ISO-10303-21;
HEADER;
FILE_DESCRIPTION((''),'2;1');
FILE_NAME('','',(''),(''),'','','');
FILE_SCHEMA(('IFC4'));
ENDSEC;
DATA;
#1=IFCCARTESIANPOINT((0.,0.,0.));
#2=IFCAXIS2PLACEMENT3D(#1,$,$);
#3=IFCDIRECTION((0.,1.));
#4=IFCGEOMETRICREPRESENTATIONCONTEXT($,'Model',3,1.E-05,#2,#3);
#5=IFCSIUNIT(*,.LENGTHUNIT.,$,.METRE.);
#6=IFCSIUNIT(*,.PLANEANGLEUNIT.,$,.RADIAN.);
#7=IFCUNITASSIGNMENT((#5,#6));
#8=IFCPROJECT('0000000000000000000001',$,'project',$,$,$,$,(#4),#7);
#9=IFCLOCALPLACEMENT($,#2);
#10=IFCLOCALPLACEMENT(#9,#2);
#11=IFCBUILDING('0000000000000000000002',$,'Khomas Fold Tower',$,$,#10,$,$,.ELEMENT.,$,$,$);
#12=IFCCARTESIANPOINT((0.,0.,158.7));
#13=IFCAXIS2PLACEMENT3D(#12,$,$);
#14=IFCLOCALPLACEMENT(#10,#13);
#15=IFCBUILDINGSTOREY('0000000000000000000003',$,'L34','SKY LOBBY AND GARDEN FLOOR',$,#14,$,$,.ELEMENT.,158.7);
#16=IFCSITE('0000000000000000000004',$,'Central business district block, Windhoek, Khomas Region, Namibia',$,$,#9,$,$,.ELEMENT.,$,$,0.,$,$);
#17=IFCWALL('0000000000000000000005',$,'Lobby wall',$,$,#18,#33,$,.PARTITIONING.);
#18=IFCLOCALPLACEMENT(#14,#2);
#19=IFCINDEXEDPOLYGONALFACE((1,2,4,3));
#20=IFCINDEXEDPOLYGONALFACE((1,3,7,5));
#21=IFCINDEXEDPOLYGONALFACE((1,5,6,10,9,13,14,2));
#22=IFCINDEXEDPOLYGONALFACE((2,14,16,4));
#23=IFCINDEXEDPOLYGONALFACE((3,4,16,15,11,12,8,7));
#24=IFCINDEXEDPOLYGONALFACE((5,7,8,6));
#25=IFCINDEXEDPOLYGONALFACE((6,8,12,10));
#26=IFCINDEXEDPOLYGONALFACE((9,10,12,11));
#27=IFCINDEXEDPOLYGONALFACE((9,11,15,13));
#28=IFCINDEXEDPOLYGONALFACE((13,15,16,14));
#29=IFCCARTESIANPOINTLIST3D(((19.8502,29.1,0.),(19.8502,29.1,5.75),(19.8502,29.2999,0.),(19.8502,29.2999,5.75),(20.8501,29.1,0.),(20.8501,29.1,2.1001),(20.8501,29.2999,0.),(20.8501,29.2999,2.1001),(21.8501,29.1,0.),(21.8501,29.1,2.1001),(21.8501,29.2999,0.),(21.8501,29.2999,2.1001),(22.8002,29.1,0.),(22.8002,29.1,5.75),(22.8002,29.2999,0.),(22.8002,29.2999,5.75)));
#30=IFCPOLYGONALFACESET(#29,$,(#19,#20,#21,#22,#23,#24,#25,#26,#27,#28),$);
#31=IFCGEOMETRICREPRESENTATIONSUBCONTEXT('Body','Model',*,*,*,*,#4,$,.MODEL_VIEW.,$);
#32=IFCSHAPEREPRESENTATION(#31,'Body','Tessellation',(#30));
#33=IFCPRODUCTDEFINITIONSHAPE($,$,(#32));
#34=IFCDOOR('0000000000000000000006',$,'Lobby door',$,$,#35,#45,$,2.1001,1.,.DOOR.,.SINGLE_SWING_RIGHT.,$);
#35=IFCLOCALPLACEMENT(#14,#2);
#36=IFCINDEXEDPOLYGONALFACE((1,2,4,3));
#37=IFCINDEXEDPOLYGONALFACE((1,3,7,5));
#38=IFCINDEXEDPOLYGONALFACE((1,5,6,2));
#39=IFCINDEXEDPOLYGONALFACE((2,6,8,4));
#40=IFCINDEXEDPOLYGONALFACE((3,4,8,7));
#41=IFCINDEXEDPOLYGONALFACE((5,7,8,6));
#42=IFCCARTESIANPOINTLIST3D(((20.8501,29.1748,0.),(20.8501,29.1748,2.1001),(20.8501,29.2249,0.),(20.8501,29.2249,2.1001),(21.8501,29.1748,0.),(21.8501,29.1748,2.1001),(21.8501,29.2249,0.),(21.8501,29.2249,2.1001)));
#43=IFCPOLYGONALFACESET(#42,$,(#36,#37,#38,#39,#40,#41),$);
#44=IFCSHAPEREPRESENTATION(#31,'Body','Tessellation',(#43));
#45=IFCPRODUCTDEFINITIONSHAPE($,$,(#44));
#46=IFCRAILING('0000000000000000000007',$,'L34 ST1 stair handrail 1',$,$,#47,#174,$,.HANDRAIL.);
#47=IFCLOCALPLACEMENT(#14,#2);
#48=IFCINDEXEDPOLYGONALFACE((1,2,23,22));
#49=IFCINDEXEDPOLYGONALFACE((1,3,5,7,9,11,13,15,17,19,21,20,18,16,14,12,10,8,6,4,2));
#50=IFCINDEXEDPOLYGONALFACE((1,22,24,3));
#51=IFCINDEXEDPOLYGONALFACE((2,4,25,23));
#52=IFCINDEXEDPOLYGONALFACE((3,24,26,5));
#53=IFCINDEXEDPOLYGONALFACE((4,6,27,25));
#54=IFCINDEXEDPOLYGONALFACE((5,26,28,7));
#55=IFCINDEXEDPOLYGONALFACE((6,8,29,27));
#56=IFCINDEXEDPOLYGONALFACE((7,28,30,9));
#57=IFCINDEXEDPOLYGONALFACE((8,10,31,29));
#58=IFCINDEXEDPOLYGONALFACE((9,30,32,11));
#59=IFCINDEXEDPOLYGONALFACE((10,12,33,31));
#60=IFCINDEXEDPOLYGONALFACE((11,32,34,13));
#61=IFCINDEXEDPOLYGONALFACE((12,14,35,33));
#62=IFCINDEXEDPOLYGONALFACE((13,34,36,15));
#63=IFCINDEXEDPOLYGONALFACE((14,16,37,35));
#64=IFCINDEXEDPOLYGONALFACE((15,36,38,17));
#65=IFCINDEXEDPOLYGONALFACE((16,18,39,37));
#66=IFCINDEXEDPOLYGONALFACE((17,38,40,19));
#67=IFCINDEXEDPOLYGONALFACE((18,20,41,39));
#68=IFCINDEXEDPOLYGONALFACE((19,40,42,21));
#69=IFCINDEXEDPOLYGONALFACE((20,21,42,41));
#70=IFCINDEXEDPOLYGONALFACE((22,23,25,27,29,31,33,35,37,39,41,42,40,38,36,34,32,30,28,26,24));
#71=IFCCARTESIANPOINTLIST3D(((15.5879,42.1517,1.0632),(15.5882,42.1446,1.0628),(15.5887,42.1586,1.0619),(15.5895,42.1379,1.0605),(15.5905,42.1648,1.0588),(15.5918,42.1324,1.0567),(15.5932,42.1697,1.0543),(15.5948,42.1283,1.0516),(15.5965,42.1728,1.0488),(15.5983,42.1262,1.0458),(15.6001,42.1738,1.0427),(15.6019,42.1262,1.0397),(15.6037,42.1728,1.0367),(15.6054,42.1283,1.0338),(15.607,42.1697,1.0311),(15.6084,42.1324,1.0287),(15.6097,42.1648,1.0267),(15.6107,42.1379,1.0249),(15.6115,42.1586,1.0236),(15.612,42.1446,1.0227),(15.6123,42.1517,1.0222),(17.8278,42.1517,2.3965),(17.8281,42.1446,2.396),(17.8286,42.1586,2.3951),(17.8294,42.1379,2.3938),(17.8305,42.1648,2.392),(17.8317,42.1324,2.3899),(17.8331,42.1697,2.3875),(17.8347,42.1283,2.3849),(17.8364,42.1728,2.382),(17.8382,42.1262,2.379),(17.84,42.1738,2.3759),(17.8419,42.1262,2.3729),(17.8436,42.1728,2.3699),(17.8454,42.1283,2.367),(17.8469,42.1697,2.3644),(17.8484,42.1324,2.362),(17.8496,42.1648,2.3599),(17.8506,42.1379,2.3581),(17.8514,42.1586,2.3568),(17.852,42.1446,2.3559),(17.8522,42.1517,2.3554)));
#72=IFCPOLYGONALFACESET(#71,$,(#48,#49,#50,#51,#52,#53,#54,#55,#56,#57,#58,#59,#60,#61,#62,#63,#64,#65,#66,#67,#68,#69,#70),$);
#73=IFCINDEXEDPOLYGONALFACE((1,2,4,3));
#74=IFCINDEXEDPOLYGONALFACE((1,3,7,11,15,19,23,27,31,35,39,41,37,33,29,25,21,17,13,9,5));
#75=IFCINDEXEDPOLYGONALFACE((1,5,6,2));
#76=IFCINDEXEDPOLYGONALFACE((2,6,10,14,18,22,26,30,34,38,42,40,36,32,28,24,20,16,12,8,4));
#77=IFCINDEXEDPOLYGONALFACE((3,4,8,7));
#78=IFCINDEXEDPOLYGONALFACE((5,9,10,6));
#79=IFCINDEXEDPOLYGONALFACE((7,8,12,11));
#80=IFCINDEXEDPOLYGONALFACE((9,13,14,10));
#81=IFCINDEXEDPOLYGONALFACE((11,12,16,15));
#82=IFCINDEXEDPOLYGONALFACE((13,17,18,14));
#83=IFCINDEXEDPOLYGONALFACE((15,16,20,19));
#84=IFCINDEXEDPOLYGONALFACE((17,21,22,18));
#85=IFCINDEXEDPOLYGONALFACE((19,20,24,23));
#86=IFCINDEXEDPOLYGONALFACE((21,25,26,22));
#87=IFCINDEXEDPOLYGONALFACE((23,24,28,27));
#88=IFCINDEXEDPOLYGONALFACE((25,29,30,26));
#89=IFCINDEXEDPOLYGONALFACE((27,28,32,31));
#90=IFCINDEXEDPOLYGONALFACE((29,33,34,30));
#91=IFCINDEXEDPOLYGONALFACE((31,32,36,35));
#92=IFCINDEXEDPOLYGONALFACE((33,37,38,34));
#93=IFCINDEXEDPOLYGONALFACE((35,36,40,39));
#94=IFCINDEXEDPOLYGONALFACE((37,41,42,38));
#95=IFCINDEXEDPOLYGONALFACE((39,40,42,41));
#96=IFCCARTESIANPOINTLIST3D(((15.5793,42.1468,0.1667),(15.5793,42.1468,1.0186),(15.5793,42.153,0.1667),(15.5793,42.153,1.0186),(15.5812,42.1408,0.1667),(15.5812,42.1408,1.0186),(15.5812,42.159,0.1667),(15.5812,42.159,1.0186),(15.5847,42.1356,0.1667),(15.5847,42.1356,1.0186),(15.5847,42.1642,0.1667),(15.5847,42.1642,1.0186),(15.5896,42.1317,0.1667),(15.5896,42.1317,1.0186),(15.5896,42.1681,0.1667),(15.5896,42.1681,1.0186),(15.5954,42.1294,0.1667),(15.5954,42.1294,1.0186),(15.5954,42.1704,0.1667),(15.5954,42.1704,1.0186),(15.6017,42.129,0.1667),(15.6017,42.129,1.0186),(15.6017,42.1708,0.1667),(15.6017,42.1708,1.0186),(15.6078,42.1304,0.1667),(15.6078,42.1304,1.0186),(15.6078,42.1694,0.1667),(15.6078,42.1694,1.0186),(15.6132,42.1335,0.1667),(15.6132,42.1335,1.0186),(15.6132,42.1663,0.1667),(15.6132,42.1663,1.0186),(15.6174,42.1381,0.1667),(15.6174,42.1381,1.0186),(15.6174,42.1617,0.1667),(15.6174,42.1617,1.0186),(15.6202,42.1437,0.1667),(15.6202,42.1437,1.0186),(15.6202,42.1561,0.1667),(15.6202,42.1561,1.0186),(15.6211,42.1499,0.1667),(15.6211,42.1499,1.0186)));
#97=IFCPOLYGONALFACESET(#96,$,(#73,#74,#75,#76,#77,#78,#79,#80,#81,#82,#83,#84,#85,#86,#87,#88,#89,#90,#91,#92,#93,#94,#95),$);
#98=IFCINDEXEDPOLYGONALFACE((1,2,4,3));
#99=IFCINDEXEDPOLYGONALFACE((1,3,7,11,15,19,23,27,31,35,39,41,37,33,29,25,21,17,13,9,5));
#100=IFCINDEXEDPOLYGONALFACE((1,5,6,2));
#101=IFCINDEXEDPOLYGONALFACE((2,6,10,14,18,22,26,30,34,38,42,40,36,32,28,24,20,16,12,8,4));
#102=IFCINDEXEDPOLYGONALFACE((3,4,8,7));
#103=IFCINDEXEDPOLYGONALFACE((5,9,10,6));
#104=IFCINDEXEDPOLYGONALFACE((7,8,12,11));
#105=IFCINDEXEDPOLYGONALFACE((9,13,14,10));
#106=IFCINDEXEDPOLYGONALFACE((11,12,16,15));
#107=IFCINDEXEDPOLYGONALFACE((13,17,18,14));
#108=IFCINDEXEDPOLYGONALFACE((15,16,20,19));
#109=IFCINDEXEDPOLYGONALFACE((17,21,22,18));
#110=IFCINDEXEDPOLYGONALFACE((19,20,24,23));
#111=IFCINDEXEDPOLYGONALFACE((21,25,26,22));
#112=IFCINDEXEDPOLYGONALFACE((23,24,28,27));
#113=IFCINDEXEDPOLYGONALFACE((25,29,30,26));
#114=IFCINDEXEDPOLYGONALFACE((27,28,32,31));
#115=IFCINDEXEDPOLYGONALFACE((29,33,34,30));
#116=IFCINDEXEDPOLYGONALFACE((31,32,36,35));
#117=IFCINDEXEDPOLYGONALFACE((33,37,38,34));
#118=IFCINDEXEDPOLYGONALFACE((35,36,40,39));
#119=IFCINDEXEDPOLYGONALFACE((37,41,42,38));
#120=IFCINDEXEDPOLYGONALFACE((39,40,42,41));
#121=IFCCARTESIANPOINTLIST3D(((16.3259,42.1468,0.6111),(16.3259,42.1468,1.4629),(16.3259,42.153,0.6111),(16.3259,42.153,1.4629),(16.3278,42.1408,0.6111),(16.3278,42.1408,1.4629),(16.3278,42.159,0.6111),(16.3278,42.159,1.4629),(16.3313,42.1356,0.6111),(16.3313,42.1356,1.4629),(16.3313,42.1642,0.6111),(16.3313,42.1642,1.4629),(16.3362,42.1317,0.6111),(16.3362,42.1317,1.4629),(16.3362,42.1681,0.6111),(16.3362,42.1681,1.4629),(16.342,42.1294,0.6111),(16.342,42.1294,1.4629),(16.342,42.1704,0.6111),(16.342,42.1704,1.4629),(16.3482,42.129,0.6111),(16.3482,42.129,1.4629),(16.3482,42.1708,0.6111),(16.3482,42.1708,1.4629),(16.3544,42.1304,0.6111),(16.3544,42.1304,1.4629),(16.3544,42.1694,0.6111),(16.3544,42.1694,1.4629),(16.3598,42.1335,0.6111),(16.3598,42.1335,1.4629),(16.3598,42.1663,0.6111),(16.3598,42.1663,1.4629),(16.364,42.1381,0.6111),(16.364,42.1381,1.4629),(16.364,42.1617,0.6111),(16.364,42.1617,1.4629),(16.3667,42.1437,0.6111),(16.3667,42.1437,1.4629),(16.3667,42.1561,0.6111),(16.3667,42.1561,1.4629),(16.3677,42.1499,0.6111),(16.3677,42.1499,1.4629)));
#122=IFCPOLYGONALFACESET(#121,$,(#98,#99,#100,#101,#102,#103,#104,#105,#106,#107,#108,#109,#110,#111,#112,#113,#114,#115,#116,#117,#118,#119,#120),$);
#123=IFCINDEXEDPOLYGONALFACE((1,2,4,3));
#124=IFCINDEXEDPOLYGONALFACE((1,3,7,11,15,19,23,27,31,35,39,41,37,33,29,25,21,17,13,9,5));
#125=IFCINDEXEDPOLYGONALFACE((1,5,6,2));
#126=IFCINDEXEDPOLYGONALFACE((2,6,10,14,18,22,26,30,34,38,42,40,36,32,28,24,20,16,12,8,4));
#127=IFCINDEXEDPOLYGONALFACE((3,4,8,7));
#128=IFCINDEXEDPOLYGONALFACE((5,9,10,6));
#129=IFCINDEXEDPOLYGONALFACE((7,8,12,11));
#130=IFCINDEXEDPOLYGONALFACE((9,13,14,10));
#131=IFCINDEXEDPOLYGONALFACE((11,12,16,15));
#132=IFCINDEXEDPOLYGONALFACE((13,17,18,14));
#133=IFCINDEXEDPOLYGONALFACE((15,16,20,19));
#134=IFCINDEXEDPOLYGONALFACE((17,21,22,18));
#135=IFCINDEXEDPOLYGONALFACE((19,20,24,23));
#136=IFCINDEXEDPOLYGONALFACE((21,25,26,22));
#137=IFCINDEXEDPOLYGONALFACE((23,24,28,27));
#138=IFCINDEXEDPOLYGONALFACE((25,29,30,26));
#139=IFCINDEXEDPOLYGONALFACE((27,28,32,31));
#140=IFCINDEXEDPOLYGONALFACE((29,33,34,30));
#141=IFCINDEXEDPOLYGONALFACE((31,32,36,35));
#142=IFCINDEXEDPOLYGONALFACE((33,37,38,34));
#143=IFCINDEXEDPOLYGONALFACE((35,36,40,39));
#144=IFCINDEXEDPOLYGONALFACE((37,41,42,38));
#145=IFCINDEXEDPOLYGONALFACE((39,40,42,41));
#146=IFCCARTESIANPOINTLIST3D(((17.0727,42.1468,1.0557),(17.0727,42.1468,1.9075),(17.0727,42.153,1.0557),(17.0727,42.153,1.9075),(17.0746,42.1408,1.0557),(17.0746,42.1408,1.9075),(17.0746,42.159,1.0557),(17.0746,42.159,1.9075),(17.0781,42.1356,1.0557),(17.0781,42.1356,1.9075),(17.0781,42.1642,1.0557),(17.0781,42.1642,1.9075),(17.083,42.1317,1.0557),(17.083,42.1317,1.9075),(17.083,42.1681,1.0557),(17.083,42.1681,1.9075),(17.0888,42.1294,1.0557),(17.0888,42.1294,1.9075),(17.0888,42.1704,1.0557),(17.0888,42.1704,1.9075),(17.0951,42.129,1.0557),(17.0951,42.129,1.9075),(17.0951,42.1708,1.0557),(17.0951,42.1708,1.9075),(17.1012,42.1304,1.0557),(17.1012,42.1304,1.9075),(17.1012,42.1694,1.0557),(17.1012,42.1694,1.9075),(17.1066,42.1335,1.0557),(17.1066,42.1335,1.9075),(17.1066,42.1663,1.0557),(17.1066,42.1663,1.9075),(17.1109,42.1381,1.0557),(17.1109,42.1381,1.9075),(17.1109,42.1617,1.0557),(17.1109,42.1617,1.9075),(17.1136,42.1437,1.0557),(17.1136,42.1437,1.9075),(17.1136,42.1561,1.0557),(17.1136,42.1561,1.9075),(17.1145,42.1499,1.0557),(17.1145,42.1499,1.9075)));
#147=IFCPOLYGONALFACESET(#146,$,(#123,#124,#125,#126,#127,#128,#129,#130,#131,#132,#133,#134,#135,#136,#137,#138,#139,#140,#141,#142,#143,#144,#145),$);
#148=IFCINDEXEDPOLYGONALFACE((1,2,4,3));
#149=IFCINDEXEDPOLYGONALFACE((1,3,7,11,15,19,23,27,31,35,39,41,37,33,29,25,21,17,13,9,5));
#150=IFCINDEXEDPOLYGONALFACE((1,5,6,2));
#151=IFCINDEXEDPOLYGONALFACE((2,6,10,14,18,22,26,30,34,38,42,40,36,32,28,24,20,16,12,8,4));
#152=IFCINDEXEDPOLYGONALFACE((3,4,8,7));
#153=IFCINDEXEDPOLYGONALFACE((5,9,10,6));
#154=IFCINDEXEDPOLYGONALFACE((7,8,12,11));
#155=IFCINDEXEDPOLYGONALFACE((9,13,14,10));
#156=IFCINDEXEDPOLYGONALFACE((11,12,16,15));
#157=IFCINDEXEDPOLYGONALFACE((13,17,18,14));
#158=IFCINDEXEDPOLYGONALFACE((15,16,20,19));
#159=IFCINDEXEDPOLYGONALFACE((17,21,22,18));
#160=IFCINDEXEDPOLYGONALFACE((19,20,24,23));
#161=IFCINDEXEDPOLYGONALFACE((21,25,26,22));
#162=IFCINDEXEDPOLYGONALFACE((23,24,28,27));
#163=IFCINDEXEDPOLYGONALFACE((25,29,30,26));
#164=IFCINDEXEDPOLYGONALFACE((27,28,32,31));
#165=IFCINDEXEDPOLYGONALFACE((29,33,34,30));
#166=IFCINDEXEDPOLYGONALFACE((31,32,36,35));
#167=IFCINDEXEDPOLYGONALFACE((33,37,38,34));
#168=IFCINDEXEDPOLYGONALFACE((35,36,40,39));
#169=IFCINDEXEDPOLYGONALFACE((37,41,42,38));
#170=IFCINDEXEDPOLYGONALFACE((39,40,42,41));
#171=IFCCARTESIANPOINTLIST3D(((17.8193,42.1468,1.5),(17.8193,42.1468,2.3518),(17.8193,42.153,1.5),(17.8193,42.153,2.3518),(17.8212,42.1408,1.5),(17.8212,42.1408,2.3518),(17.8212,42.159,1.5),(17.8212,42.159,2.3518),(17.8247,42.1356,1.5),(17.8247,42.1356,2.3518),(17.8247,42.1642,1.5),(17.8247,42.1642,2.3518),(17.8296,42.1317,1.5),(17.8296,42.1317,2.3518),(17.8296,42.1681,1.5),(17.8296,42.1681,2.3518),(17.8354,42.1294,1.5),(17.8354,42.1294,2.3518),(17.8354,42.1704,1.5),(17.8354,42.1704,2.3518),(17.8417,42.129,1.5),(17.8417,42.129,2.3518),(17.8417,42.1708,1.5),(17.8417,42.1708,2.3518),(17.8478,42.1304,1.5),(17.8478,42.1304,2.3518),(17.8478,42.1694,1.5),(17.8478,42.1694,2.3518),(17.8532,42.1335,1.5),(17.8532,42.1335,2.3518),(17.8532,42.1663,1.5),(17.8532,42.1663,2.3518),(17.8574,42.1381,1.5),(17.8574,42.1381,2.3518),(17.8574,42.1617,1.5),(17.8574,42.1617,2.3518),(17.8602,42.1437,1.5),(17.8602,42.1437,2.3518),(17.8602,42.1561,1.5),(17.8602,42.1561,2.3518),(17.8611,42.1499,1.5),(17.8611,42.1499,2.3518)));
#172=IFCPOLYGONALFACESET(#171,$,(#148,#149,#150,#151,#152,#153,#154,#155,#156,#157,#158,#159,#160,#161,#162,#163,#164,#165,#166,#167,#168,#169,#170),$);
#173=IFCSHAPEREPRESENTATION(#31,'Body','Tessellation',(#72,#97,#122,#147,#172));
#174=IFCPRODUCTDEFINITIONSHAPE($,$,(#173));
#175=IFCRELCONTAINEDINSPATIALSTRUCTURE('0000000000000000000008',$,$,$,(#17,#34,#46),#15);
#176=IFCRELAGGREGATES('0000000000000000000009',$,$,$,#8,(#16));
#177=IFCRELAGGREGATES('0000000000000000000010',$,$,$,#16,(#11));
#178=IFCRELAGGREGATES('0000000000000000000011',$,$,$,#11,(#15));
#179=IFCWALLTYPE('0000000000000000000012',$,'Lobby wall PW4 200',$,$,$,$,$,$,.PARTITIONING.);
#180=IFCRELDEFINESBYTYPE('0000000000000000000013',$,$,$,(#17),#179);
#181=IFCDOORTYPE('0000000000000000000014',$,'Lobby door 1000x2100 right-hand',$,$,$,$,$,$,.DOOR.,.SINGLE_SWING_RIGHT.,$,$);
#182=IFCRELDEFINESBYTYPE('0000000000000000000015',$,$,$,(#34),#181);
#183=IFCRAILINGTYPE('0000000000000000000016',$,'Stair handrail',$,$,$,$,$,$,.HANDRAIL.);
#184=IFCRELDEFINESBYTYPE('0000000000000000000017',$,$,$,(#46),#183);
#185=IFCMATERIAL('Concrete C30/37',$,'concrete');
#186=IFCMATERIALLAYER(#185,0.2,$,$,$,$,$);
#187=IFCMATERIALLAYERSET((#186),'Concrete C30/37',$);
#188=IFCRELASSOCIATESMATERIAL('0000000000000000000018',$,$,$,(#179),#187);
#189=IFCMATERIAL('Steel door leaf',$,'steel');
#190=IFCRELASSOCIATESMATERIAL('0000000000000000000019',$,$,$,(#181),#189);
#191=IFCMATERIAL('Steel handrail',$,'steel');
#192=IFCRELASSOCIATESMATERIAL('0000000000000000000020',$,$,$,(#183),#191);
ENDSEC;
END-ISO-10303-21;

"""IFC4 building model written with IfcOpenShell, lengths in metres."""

from ifc_helpers import new_model, si_unit, direction, frame, frame_2d, origin, origin_2d, place, context, subcontext, project, spatial, rectangle, circle, extrude, source, transform, mapped, material, layer, layer_set, type_object, element, fill, save


model = new_model("IFC4")

# Units and contexts
model_context = context("Model", 3, precision=1e-05, world=origin(), true_north=direction((0.0, 1.0)))
body_context = subcontext(model_context, "Body", "Model", "MODEL_VIEW")
ifc_project = project(units=[si_unit("LENGTHUNIT", "METRE"), si_unit("PLANEANGLEUNIT", "RADIAN")], contexts=[model_context])

# Site, building, storey
site_placement = place(None, origin())
site = spatial("IfcSite", under=ifc_project, at=site_placement, Name="Central business district block, Windhoek, Khomas Region, Namibia", CompositionType="ELEMENT", RefElevation=0.0)
building_placement = place(site_placement, origin())
building = spatial("IfcBuilding", under=site, at=building_placement, Name="Khomas Fold Tower", CompositionType="ELEMENT")
storey_placement = place(building_placement, frame((0.0, 0.0, 158.7)))
storey = spatial("IfcBuildingStorey", under=building, at=storey_placement, Name="L34", Description="SKY LOBBY AND GARDEN FLOOR", CompositionType="ELEMENT", Elevation=158.7)

# Wall, opening, door
ifc_material_1 = material(Name="Concrete C30/37", Category="concrete")
ifc_layer_1 = layer(ifc_material_1, 0.2)
ifc_layer_set_1 = layer_set([ifc_layer_1], Name="Concrete C30/37")
wall_type_1 = type_object("IfcWallType", Name="Lobby wall PW4 200", PredefinedType="PARTITIONING", material=ifc_layer_set_1)
shared_shape_1 = source(origin(), body_context, "Body", "SweptSolid", [
    extrude(rectangle(XDim=2.95, YDim=0.2, at=frame_2d((1.4751, 0.0))), origin(), (0.0, 0.0, 1.0), 5.75),
])
wall_1_placement = place(storey_placement, frame((19.8501, 29.2, 0.0), z_axis=(0.0, 0.0, 1.0), x_axis=(1.0, 0.0, 0.0)))
wall_1 = element("IfcWall", 1, at=wall_1_placement, inside=storey, type_object=wall_type_1, Name="Lobby wall", PredefinedType="PARTITIONING", context=body_context, shape_type="MappedRepresentation", body=[
    mapped(shared_shape_1, transform((0.0, 0.0, 0.0))),
])
shared_shape_2 = source(origin(), body_context, "Body", "SweptSolid", [
    extrude(rectangle(XDim=1.0, YDim=2.1001, at=frame_2d((0.5, 1.05))), frame((0.0, 0.1099, 0.0), z_axis=(0.0, -1.0, 0.0), x_axis=(1.0, 0.0, 0.0)), (0.0, 0.0, 1.0), 0.22),
])
opening_placement = place(wall_1_placement, frame((1.0, 0.0, 0.0)))
opening = element("IfcOpeningElement", 2, at=opening_placement, cuts=wall_1, PredefinedType="OPENING", context=body_context, shape_type="MappedRepresentation", body=[
    mapped(shared_shape_2, transform((0.0, 0.0, 0.0))),
])
ifc_material_2 = material(Name="Steel door leaf", Category="steel")
door_type = type_object("IfcDoorType", Name="Lobby door 1000x2100 right-hand", OperationType="SINGLE_SWING_RIGHT", PredefinedType="DOOR", material=ifc_material_2)
shared_shape_3 = source(origin(), body_context, "Body", "SweptSolid", [
    extrude(rectangle(XDim=1.0, YDim=2.1001, at=frame_2d((0.5, 1.05))), frame((0.0, 0.0249, 0.0), z_axis=(0.0, -1.0, 0.0), x_axis=(1.0, 0.0, 0.0)), (0.0, 0.0, 1.0), 0.05),
])
door_placement = place(opening_placement, origin())
door = element("IfcDoor", 3, at=door_placement, inside=storey, type_object=door_type, Name="Lobby door", OperationType="SINGLE_SWING_RIGHT", OverallHeight=2.1001, OverallWidth=1.0, PredefinedType="DOOR", context=body_context, shape_type="MappedRepresentation", body=[
    mapped(shared_shape_3, transform((0.0, 0.0, 0.0))),
])
fill(opening, door)

# Railing
ifc_material_3 = material(Name="Steel handrail", Category="steel")
railing_type = type_object("IfcRailingType", Name="Stair handrail", PredefinedType="HANDRAIL", material=ifc_material_3)
shared_shape_4 = source(origin(), body_context, "Body", "SweptSolid", [
    extrude(circle(Radius=0.0239, at=origin_2d()), frame((0.0, 0.0, 0.876), z_axis=(0.859306, 0.0, 0.511462), x_axis=(0.0, 1.0, 0.0)), (0.0, 0.0, 1.0), 2.6067),
    extrude(circle(Radius=0.021, at=origin_2d()), origin(), (0.0, 0.0, 1.0), 0.8518),
    extrude(circle(Radius=0.021, at=origin_2d()), frame((0.7466, 0.0, 0.4443)), (0.0, 0.0, 1.0), 0.8518),
    extrude(circle(Radius=0.021, at=origin_2d()), frame((1.4934, 0.0, 0.8889)), (0.0, 0.0, 1.0), 0.8518),
    extrude(circle(Radius=0.021, at=origin_2d()), frame((2.24, 0.0, 1.3333)), (0.0, 0.0, 1.0), 0.8518),
])
for number, where, name in (
    (4, (15.6001, 42.1499, 0.1667), "L34 ST1 stair handrail 1"),
):
    element("IfcRailing", number, at=place(storey_placement, frame(where)), inside=storey, type_object=railing_type, Name=name, PredefinedType="HANDRAIL", context=body_context, shape_type="MappedRepresentation", body=[
        mapped(shared_shape_4, transform((0.0, 0.0, 0.0))),
    ])

save(model, "model.ifc")
